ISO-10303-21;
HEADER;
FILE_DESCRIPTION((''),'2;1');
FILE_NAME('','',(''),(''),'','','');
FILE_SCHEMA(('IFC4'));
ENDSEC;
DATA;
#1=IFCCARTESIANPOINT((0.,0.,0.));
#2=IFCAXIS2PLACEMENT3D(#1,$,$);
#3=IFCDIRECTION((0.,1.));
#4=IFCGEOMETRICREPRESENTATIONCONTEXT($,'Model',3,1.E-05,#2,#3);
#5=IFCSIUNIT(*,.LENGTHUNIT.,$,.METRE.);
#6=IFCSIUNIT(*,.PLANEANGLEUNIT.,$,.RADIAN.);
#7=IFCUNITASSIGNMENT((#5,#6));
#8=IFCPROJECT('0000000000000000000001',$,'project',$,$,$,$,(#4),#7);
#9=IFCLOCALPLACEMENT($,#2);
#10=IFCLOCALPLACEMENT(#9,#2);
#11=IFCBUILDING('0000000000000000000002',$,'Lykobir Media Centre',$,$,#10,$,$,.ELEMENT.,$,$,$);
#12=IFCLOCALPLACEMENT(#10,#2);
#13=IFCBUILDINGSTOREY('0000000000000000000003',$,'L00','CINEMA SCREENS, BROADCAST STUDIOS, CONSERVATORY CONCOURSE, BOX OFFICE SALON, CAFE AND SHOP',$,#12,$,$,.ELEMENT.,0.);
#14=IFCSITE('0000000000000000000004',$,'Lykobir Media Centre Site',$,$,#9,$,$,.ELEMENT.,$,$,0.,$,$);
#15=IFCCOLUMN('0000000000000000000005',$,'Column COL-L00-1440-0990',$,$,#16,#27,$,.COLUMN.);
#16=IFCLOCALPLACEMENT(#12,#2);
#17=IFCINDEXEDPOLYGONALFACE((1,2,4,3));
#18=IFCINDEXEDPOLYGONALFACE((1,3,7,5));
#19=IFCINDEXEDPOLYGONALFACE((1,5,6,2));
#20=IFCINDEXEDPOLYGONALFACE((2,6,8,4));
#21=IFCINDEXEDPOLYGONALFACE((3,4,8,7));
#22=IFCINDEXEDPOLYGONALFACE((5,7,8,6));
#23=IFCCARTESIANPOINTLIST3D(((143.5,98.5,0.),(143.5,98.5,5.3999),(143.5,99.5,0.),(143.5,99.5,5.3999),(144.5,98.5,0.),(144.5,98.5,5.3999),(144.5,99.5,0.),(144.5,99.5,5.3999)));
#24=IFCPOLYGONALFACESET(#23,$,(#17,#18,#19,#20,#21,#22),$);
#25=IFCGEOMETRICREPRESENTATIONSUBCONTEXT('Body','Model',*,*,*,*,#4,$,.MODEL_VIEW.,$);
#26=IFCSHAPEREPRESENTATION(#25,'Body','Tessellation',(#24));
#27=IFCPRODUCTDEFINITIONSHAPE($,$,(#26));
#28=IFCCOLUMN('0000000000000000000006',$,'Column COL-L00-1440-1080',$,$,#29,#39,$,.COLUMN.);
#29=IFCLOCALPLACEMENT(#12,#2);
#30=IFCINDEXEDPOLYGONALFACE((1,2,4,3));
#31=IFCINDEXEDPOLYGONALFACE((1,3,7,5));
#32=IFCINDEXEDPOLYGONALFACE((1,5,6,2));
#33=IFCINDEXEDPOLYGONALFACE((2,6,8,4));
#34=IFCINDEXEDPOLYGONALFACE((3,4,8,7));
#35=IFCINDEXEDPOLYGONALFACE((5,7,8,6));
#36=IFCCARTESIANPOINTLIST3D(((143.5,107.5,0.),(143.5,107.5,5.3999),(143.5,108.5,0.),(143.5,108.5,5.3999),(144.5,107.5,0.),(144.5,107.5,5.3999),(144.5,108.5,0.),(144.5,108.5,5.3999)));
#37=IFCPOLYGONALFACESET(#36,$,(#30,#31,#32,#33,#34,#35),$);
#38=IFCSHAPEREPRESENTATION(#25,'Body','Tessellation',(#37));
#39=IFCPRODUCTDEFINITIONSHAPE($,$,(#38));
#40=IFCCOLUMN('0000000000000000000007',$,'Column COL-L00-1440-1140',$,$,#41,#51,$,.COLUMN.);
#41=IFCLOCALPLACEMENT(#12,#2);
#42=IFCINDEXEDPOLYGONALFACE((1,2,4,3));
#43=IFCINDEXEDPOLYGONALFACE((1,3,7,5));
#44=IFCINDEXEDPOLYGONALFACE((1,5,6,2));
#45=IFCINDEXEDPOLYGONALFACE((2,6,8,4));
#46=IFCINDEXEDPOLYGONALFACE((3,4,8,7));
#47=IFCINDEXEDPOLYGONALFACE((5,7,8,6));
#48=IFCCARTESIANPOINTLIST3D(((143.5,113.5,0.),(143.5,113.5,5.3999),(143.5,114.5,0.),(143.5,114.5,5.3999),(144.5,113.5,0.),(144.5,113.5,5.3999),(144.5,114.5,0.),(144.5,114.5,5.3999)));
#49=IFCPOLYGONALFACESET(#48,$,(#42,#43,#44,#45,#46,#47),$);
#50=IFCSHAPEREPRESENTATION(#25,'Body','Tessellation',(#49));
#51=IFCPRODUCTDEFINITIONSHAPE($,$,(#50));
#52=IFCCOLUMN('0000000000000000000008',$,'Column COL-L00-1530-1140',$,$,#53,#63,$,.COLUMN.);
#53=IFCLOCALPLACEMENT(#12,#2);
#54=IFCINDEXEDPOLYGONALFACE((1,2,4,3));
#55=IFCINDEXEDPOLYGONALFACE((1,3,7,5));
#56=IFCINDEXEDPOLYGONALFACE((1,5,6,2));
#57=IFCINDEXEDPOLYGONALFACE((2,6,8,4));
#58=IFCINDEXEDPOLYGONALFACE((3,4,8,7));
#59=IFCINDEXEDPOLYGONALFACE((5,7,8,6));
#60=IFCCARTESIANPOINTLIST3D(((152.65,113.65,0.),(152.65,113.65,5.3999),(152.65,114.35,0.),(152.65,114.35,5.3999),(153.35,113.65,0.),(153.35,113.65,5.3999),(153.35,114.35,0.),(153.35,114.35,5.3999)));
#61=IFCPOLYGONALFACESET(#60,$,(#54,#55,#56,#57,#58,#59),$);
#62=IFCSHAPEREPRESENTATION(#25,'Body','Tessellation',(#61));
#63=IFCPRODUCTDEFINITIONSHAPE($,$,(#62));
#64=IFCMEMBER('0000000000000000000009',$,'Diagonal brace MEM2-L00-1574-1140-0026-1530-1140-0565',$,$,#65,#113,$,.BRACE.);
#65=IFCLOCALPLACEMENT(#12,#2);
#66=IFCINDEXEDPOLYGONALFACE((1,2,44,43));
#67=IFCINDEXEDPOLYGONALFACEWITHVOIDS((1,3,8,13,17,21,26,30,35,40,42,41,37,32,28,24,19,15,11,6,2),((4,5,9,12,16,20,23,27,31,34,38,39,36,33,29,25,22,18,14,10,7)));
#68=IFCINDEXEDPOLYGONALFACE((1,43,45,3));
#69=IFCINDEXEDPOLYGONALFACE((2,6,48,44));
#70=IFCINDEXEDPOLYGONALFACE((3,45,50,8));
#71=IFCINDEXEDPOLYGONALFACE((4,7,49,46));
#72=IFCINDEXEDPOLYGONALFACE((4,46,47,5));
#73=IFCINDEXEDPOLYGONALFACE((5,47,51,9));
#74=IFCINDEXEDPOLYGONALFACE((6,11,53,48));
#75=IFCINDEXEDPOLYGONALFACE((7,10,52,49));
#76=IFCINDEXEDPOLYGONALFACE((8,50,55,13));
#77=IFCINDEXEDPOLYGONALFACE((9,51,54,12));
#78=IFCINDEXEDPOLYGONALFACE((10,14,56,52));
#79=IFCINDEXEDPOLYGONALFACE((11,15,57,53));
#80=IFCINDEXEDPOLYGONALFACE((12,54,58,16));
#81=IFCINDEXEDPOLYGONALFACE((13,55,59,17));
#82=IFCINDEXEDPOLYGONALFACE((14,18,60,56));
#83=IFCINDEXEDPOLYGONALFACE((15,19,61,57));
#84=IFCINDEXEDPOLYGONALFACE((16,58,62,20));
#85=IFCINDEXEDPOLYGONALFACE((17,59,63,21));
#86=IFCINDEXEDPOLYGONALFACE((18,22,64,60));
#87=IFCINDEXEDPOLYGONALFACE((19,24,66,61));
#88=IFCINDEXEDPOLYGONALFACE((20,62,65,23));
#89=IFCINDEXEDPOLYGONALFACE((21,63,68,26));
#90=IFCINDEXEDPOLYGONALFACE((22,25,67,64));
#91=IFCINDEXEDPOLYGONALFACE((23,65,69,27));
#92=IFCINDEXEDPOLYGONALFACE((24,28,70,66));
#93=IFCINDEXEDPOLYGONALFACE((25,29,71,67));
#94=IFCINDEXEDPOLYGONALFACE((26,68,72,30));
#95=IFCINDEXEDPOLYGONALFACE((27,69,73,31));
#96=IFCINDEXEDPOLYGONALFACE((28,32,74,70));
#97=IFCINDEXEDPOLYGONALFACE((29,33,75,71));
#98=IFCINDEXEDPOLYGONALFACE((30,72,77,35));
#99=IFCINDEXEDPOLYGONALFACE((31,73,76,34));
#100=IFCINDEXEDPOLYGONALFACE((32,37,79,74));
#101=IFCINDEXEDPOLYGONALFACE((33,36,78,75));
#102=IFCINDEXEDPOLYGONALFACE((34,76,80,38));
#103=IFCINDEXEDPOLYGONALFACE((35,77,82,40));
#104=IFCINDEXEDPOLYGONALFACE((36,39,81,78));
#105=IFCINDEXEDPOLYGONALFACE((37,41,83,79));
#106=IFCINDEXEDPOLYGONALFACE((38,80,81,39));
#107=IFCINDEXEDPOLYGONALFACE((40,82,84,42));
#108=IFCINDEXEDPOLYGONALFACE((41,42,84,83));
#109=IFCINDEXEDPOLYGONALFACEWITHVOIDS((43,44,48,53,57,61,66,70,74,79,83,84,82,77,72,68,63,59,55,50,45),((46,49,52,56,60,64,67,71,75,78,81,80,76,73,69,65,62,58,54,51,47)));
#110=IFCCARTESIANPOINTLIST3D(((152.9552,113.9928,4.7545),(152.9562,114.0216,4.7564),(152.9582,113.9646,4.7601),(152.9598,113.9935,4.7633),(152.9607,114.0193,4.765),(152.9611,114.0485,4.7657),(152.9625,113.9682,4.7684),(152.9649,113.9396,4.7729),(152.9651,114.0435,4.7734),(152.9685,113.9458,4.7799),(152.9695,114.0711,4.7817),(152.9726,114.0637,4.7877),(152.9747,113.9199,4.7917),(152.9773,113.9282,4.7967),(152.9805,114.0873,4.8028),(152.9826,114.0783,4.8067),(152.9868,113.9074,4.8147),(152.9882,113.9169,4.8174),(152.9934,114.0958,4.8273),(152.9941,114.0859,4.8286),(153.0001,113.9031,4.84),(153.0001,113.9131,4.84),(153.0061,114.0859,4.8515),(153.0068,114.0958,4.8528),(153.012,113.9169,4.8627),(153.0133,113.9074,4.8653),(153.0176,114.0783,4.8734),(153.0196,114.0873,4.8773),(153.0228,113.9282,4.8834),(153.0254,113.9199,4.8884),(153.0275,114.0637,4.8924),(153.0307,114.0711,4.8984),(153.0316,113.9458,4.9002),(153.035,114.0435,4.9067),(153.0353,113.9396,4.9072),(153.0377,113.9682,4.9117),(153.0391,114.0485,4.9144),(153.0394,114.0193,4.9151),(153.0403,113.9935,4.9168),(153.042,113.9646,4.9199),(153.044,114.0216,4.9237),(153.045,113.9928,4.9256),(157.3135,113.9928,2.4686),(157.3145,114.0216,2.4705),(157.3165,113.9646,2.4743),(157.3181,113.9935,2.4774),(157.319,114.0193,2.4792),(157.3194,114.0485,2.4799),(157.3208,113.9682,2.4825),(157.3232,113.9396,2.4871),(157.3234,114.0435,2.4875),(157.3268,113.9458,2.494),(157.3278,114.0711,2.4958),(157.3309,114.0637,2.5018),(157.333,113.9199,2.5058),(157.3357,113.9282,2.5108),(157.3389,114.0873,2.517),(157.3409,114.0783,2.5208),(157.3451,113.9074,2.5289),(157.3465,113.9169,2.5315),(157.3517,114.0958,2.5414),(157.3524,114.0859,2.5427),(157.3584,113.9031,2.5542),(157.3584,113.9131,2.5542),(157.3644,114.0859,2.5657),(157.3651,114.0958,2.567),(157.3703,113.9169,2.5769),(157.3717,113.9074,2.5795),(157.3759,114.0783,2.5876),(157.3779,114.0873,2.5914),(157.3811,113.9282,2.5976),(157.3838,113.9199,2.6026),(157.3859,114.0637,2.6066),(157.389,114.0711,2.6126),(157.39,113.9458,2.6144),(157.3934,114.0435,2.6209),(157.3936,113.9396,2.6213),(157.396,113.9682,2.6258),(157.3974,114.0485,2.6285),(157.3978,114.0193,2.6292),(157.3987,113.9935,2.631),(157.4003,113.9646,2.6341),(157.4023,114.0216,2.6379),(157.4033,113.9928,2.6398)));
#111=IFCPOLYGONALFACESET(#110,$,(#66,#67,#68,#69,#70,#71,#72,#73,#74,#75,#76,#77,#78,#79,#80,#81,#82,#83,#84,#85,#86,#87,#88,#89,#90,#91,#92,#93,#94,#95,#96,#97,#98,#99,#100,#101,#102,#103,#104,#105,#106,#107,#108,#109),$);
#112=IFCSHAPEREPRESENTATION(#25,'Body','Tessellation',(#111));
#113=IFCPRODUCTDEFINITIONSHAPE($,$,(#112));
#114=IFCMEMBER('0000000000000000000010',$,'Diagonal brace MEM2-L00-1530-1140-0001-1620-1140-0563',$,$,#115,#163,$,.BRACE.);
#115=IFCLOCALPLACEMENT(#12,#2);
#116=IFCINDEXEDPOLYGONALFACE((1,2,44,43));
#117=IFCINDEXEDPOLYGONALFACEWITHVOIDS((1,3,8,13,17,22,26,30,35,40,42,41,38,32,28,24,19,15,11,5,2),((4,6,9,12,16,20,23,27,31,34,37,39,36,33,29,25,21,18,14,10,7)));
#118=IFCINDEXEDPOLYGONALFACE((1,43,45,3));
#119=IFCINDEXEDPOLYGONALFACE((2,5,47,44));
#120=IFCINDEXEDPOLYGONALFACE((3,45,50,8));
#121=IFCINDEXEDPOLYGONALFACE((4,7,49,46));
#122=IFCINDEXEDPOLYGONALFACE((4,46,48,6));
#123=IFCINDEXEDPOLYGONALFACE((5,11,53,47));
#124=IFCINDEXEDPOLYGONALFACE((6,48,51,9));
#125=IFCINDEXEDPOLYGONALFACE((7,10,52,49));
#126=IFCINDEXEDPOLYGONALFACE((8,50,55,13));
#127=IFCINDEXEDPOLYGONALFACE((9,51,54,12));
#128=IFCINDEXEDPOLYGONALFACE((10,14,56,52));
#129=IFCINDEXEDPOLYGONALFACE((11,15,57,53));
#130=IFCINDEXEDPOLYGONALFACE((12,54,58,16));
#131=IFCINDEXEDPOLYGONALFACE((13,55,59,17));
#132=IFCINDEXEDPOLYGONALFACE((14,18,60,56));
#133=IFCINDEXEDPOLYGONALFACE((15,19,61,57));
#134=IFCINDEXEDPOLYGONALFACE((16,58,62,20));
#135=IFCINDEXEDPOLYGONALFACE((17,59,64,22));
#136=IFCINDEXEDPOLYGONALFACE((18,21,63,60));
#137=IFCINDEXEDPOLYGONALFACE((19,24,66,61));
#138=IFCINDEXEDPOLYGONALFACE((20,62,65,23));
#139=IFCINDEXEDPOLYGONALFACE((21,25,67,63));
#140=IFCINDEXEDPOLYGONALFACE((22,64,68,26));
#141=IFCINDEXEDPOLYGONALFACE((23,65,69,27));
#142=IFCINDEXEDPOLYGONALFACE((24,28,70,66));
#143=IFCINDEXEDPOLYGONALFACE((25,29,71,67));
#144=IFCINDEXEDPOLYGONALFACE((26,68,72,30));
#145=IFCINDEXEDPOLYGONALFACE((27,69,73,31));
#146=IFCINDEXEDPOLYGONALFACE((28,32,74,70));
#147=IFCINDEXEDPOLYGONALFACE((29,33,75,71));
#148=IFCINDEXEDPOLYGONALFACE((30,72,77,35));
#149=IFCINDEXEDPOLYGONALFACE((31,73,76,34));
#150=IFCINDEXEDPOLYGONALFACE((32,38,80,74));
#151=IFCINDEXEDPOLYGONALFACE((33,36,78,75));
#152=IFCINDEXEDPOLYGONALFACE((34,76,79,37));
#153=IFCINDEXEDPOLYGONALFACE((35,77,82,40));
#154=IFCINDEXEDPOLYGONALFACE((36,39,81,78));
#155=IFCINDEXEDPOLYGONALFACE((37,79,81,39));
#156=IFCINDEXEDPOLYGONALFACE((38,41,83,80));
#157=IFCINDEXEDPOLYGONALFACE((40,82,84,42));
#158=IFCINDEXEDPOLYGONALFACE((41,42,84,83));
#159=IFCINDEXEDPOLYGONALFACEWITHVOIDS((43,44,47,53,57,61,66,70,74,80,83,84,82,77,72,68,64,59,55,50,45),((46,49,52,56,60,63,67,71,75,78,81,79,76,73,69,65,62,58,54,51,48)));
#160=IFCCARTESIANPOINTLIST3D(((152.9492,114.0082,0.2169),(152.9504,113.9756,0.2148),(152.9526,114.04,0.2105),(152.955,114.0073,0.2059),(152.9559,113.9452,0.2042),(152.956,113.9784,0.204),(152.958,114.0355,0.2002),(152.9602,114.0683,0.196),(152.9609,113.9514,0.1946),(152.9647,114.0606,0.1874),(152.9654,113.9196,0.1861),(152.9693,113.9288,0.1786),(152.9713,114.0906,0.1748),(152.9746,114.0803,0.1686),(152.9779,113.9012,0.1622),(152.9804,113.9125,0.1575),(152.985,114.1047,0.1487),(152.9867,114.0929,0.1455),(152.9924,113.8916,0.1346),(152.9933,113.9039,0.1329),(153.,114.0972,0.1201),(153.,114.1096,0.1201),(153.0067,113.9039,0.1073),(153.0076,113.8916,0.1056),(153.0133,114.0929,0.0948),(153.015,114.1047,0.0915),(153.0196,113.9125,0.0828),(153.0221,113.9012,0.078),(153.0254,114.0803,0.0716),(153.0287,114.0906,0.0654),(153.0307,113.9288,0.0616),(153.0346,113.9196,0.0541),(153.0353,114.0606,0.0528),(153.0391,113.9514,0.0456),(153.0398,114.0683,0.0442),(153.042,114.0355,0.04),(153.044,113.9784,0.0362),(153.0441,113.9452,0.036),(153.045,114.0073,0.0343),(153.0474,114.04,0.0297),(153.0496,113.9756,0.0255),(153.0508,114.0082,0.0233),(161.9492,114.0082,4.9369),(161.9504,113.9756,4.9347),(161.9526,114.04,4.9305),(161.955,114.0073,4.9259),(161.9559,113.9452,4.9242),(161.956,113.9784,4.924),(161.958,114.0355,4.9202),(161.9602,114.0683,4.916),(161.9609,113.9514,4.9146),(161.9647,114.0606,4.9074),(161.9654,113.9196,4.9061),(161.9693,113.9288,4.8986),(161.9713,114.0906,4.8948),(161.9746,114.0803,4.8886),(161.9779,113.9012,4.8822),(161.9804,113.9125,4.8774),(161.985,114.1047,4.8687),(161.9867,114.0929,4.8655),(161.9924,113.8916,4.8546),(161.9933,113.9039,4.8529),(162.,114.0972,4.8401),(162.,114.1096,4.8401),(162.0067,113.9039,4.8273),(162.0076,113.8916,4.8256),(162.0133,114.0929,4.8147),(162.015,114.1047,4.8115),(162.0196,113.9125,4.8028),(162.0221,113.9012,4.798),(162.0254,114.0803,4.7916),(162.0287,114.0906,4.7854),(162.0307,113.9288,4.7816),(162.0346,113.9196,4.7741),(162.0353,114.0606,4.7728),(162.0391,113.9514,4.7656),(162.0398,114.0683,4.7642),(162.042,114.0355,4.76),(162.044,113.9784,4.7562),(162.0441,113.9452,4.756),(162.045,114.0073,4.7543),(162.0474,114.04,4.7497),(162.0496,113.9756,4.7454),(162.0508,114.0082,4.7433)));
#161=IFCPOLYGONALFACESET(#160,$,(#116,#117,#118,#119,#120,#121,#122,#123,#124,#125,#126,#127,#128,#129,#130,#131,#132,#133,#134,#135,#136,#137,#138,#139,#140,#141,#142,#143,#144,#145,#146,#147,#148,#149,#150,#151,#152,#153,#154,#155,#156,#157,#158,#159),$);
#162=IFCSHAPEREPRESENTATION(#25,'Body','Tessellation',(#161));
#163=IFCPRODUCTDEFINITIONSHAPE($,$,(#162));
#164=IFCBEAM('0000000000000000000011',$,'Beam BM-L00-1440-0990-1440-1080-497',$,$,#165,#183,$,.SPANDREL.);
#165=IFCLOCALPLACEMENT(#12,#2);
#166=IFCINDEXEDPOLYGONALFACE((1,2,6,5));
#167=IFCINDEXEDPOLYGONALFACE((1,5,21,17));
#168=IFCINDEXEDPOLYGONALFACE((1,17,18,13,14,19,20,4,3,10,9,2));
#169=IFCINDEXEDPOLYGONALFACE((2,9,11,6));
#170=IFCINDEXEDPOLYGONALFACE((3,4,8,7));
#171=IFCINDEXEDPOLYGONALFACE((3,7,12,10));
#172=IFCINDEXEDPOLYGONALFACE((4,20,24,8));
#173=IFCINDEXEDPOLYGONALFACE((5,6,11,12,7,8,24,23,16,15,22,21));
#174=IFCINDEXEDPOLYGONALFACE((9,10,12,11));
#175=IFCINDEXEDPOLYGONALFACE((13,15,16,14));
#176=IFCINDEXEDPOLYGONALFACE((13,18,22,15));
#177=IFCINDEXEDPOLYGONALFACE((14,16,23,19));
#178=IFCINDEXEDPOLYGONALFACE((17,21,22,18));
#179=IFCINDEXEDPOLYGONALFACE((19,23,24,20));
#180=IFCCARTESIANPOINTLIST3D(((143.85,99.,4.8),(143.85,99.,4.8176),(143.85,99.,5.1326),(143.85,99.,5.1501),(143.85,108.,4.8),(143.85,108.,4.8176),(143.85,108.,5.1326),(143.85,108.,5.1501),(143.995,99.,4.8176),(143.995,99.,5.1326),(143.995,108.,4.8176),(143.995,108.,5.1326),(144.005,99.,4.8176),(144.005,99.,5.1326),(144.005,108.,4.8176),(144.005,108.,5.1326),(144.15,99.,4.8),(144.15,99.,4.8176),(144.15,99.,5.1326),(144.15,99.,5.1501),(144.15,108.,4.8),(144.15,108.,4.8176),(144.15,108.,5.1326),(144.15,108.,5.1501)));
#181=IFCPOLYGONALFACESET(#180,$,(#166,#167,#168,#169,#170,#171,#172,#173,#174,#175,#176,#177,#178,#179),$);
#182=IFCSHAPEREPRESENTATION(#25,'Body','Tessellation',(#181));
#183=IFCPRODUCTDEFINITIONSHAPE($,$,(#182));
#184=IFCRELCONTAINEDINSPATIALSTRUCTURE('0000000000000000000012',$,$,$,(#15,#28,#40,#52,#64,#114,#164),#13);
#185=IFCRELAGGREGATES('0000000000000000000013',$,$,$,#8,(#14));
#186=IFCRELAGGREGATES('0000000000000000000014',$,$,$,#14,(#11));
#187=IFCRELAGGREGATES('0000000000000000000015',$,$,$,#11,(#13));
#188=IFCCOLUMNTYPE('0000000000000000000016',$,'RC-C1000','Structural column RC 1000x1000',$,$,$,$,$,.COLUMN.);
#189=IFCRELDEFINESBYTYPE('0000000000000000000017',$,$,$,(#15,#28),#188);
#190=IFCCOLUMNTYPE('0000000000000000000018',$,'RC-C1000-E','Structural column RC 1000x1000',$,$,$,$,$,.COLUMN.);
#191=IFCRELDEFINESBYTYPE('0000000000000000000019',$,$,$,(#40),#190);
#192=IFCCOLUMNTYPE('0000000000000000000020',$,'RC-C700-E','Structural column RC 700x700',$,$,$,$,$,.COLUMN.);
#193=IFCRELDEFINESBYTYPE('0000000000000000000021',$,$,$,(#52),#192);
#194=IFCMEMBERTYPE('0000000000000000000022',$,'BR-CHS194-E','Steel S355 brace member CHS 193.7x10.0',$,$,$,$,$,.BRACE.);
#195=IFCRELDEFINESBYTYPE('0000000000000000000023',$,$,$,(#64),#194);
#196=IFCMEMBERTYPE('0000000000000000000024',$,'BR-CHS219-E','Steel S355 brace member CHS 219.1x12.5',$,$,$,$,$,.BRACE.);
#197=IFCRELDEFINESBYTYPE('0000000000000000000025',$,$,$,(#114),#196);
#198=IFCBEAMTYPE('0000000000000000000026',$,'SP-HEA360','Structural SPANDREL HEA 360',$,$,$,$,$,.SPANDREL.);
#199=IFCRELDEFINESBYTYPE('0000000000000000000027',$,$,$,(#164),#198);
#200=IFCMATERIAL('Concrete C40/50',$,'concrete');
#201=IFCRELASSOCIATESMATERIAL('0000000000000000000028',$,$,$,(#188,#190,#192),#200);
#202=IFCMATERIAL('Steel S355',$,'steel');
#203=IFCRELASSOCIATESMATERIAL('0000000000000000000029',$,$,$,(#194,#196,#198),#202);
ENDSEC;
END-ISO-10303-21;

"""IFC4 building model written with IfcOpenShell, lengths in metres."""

from ifc_helpers import new_model, si_unit, direction, frame, origin, origin_2d, place, context, subcontext, project, spatial, rectangle, hollow_circle, i_section, extrude, material, material_profile, profile_set, type_object, element, save


model = new_model("IFC4")

# Units and contexts
model_context = context("Model", 3, precision=1e-05, world=origin(), true_north=direction((0.0, 1.0)))
body_context = subcontext(model_context, "Body", "Model", "MODEL_VIEW")
ifc_project = project(units=[si_unit("LENGTHUNIT", "METRE"), si_unit("PLANEANGLEUNIT", "RADIAN")], contexts=[model_context])

# Site, building, storey
site_placement = place(None, origin())
site = spatial("IfcSite", under=ifc_project, at=site_placement, Name="Lykobir Media Centre Site", CompositionType="ELEMENT", RefElevation=0.0)
building_placement = place(site_placement, origin())
building = spatial("IfcBuilding", under=site, at=building_placement, Name="Lykobir Media Centre", CompositionType="ELEMENT")
storey_placement = place(building_placement, origin())
storey = spatial("IfcBuildingStorey", under=building, at=storey_placement, Name="L00", Description="CINEMA SCREENS, BROADCAST STUDIOS, CONSERVATORY CONCOURSE, BOX OFFICE SALON, CAFE AND SHOP", CompositionType="ELEMENT", Elevation=0.0)

# Columns
ifc_material_1 = material(Name="Concrete C40/50", Category="concrete")
ifc_material_profile_1 = material_profile(ifc_material_1, rectangle(XDim=1.0, YDim=1.0, at=origin_2d()), Name="RC 1000x1000")
ifc_profile_set_1 = profile_set([ifc_material_profile_1], Name="Concrete C40/50")
column_type_1 = type_object("IfcColumnType", Name="RC-C1000", Description="Structural column RC 1000x1000", PredefinedType="COLUMN", material=ifc_profile_set_1)
for number, where, z_axis, x_axis, name in (
    (1, (144.0, 99.0, 0.0), (0.0, 0.0, 1.0), (1.0, 0.0, 0.0), "Column COL-L00-1440-0990"),
    (2, (144.0, 108.0, 0.0), (0.0, 0.0, 1.0), (1.0, 0.0, 0.0), "Column COL-L00-1440-1080"),
):
    element("IfcColumn", number, at=place(storey_placement, frame(where, z_axis=z_axis, x_axis=x_axis)), inside=storey, type_object=column_type_1, Name=name, PredefinedType="COLUMN", context=body_context, shape_type="SweptSolid", body=[
        extrude(rectangle(XDim=1.0, YDim=1.0, at=origin_2d()), origin(), (0.0, 0.0, 1.0), 5.3999),
    ])
ifc_material_profile_2 = material_profile(ifc_material_1, rectangle(XDim=1.0, YDim=1.0, at=origin_2d()), Name="RC 1000x1000")
ifc_profile_set_2 = profile_set([ifc_material_profile_2], Name="Concrete C40/50")
column_type_2 = type_object("IfcColumnType", Name="RC-C1000-E", Description="Structural column RC 1000x1000", PredefinedType="COLUMN", material=ifc_profile_set_2)
column_1_placement = place(storey_placement, frame((144.0, 114.0, 0.0), z_axis=(0.0, 0.0, 1.0), x_axis=(1.0, 0.0, 0.0)))
element("IfcColumn", 3, at=column_1_placement, inside=storey, type_object=column_type_2, Name="Column COL-L00-1440-1140", PredefinedType="COLUMN", context=body_context, shape_type="SweptSolid", body=[
    extrude(rectangle(XDim=1.0, YDim=1.0, at=origin_2d()), origin(), (0.0, 0.0, 1.0), 5.3999),
])
ifc_material_profile_3 = material_profile(ifc_material_1, rectangle(XDim=0.7, YDim=0.7, at=origin_2d()), Name="RC 700x700")
ifc_profile_set_3 = profile_set([ifc_material_profile_3], Name="Concrete C40/50")
column_type_3 = type_object("IfcColumnType", Name="RC-C700-E", Description="Structural column RC 700x700", PredefinedType="COLUMN", material=ifc_profile_set_3)
column_2_placement = place(storey_placement, frame((153.0, 114.0, 0.0), z_axis=(0.0, 0.0, 1.0), x_axis=(1.0, 0.0, 0.0)))
element("IfcColumn", 4, at=column_2_placement, inside=storey, type_object=column_type_3, Name="Column COL-L00-1530-1140", PredefinedType="COLUMN", context=body_context, shape_type="SweptSolid", body=[
    extrude(rectangle(XDim=0.7, YDim=0.7, at=origin_2d()), origin(), (0.0, 0.0, 1.0), 5.3999),
])

# Members
ifc_material_2 = material(Name="Steel S355", Category="steel")
ifc_material_profile_4 = material_profile(ifc_material_2, hollow_circle(Radius=0.0969, WallThickness=0.01, at=origin_2d()), Name="CHS 193.7x10.0")
ifc_profile_set_4 = profile_set([ifc_material_profile_4], Name="Steel S355")
member_type_1 = type_object("IfcMemberType", Name="BR-CHS194-E", Description="Steel S355 brace member CHS 193.7x10.0", PredefinedType="BRACE", material=ifc_profile_set_4)
member_1_placement = place(storey_placement, frame((157.3584, 114.0, 2.5542), z_axis=(-0.885588, 0.0, 0.464472), x_axis=(0.0, -1.0, 0.0)))
element("IfcMember", 5, at=member_1_placement, inside=storey, type_object=member_type_1, Name="Diagonal brace MEM2-L00-1574-1140-0026-1530-1140-0565", PredefinedType="BRACE", context=body_context, shape_type="SweptSolid", body=[
    extrude(hollow_circle(Radius=0.0969, WallThickness=0.01, at=origin_2d()), origin(), (0.0, 0.0, 1.0), 4.9214),
])
ifc_material_profile_5 = material_profile(ifc_material_2, hollow_circle(Radius=0.1096, WallThickness=0.0125, at=origin_2d()), Name="CHS 219.1x12.5")
ifc_profile_set_5 = profile_set([ifc_material_profile_5], Name="Steel S355")
member_type_2 = type_object("IfcMemberType", Name="BR-CHS219-E", Description="Steel S355 brace member CHS 219.1x12.5", PredefinedType="BRACE", material=ifc_profile_set_5)
member_2_placement = place(storey_placement, frame((153.0, 114.0, 0.1201), z_axis=(0.885601, 0.0, 0.464446), x_axis=(0.0, 1.0, 0.0)))
element("IfcMember", 6, at=member_2_placement, inside=storey, type_object=member_type_2, Name="Diagonal brace MEM2-L00-1530-1140-0001-1620-1140-0563", PredefinedType="BRACE", context=body_context, shape_type="SweptSolid", body=[
    extrude(hollow_circle(Radius=0.1096, WallThickness=0.0125, at=origin_2d()), origin(), (0.0, 0.0, 1.0), 10.1626),
])

# Beam
ifc_material_profile_6 = material_profile(ifc_material_2, i_section(OverallWidth=0.3, OverallDepth=0.3501, WebThickness=0.01, FlangeThickness=0.0176, at=origin_2d()), Name="HEA 360")
ifc_profile_set_6 = profile_set([ifc_material_profile_6], Name="Steel S355")
beam_type_1 = type_object("IfcBeamType", Name="SP-HEA360", Description="Structural SPANDREL HEA 360", PredefinedType="SPANDREL", material=ifc_profile_set_6)
beam_1_placement = place(storey_placement, frame((144.0, 99.0, 4.9751), z_axis=(0.0, 1.0, 0.0), x_axis=(-1.0, 0.0, 0.0)))
element("IfcBeam", 7, at=beam_1_placement, inside=storey, type_object=beam_type_1, Name="Beam BM-L00-1440-0990-1440-1080-497", PredefinedType="SPANDREL", context=body_context, shape_type="SweptSolid", body=[
    extrude(i_section(OverallWidth=0.3, OverallDepth=0.3501, WebThickness=0.01, FlangeThickness=0.0176, at=origin_2d()), origin(), (0.0, 0.0, 1.0), 9.0),
])

save(model, "model.ifc")
